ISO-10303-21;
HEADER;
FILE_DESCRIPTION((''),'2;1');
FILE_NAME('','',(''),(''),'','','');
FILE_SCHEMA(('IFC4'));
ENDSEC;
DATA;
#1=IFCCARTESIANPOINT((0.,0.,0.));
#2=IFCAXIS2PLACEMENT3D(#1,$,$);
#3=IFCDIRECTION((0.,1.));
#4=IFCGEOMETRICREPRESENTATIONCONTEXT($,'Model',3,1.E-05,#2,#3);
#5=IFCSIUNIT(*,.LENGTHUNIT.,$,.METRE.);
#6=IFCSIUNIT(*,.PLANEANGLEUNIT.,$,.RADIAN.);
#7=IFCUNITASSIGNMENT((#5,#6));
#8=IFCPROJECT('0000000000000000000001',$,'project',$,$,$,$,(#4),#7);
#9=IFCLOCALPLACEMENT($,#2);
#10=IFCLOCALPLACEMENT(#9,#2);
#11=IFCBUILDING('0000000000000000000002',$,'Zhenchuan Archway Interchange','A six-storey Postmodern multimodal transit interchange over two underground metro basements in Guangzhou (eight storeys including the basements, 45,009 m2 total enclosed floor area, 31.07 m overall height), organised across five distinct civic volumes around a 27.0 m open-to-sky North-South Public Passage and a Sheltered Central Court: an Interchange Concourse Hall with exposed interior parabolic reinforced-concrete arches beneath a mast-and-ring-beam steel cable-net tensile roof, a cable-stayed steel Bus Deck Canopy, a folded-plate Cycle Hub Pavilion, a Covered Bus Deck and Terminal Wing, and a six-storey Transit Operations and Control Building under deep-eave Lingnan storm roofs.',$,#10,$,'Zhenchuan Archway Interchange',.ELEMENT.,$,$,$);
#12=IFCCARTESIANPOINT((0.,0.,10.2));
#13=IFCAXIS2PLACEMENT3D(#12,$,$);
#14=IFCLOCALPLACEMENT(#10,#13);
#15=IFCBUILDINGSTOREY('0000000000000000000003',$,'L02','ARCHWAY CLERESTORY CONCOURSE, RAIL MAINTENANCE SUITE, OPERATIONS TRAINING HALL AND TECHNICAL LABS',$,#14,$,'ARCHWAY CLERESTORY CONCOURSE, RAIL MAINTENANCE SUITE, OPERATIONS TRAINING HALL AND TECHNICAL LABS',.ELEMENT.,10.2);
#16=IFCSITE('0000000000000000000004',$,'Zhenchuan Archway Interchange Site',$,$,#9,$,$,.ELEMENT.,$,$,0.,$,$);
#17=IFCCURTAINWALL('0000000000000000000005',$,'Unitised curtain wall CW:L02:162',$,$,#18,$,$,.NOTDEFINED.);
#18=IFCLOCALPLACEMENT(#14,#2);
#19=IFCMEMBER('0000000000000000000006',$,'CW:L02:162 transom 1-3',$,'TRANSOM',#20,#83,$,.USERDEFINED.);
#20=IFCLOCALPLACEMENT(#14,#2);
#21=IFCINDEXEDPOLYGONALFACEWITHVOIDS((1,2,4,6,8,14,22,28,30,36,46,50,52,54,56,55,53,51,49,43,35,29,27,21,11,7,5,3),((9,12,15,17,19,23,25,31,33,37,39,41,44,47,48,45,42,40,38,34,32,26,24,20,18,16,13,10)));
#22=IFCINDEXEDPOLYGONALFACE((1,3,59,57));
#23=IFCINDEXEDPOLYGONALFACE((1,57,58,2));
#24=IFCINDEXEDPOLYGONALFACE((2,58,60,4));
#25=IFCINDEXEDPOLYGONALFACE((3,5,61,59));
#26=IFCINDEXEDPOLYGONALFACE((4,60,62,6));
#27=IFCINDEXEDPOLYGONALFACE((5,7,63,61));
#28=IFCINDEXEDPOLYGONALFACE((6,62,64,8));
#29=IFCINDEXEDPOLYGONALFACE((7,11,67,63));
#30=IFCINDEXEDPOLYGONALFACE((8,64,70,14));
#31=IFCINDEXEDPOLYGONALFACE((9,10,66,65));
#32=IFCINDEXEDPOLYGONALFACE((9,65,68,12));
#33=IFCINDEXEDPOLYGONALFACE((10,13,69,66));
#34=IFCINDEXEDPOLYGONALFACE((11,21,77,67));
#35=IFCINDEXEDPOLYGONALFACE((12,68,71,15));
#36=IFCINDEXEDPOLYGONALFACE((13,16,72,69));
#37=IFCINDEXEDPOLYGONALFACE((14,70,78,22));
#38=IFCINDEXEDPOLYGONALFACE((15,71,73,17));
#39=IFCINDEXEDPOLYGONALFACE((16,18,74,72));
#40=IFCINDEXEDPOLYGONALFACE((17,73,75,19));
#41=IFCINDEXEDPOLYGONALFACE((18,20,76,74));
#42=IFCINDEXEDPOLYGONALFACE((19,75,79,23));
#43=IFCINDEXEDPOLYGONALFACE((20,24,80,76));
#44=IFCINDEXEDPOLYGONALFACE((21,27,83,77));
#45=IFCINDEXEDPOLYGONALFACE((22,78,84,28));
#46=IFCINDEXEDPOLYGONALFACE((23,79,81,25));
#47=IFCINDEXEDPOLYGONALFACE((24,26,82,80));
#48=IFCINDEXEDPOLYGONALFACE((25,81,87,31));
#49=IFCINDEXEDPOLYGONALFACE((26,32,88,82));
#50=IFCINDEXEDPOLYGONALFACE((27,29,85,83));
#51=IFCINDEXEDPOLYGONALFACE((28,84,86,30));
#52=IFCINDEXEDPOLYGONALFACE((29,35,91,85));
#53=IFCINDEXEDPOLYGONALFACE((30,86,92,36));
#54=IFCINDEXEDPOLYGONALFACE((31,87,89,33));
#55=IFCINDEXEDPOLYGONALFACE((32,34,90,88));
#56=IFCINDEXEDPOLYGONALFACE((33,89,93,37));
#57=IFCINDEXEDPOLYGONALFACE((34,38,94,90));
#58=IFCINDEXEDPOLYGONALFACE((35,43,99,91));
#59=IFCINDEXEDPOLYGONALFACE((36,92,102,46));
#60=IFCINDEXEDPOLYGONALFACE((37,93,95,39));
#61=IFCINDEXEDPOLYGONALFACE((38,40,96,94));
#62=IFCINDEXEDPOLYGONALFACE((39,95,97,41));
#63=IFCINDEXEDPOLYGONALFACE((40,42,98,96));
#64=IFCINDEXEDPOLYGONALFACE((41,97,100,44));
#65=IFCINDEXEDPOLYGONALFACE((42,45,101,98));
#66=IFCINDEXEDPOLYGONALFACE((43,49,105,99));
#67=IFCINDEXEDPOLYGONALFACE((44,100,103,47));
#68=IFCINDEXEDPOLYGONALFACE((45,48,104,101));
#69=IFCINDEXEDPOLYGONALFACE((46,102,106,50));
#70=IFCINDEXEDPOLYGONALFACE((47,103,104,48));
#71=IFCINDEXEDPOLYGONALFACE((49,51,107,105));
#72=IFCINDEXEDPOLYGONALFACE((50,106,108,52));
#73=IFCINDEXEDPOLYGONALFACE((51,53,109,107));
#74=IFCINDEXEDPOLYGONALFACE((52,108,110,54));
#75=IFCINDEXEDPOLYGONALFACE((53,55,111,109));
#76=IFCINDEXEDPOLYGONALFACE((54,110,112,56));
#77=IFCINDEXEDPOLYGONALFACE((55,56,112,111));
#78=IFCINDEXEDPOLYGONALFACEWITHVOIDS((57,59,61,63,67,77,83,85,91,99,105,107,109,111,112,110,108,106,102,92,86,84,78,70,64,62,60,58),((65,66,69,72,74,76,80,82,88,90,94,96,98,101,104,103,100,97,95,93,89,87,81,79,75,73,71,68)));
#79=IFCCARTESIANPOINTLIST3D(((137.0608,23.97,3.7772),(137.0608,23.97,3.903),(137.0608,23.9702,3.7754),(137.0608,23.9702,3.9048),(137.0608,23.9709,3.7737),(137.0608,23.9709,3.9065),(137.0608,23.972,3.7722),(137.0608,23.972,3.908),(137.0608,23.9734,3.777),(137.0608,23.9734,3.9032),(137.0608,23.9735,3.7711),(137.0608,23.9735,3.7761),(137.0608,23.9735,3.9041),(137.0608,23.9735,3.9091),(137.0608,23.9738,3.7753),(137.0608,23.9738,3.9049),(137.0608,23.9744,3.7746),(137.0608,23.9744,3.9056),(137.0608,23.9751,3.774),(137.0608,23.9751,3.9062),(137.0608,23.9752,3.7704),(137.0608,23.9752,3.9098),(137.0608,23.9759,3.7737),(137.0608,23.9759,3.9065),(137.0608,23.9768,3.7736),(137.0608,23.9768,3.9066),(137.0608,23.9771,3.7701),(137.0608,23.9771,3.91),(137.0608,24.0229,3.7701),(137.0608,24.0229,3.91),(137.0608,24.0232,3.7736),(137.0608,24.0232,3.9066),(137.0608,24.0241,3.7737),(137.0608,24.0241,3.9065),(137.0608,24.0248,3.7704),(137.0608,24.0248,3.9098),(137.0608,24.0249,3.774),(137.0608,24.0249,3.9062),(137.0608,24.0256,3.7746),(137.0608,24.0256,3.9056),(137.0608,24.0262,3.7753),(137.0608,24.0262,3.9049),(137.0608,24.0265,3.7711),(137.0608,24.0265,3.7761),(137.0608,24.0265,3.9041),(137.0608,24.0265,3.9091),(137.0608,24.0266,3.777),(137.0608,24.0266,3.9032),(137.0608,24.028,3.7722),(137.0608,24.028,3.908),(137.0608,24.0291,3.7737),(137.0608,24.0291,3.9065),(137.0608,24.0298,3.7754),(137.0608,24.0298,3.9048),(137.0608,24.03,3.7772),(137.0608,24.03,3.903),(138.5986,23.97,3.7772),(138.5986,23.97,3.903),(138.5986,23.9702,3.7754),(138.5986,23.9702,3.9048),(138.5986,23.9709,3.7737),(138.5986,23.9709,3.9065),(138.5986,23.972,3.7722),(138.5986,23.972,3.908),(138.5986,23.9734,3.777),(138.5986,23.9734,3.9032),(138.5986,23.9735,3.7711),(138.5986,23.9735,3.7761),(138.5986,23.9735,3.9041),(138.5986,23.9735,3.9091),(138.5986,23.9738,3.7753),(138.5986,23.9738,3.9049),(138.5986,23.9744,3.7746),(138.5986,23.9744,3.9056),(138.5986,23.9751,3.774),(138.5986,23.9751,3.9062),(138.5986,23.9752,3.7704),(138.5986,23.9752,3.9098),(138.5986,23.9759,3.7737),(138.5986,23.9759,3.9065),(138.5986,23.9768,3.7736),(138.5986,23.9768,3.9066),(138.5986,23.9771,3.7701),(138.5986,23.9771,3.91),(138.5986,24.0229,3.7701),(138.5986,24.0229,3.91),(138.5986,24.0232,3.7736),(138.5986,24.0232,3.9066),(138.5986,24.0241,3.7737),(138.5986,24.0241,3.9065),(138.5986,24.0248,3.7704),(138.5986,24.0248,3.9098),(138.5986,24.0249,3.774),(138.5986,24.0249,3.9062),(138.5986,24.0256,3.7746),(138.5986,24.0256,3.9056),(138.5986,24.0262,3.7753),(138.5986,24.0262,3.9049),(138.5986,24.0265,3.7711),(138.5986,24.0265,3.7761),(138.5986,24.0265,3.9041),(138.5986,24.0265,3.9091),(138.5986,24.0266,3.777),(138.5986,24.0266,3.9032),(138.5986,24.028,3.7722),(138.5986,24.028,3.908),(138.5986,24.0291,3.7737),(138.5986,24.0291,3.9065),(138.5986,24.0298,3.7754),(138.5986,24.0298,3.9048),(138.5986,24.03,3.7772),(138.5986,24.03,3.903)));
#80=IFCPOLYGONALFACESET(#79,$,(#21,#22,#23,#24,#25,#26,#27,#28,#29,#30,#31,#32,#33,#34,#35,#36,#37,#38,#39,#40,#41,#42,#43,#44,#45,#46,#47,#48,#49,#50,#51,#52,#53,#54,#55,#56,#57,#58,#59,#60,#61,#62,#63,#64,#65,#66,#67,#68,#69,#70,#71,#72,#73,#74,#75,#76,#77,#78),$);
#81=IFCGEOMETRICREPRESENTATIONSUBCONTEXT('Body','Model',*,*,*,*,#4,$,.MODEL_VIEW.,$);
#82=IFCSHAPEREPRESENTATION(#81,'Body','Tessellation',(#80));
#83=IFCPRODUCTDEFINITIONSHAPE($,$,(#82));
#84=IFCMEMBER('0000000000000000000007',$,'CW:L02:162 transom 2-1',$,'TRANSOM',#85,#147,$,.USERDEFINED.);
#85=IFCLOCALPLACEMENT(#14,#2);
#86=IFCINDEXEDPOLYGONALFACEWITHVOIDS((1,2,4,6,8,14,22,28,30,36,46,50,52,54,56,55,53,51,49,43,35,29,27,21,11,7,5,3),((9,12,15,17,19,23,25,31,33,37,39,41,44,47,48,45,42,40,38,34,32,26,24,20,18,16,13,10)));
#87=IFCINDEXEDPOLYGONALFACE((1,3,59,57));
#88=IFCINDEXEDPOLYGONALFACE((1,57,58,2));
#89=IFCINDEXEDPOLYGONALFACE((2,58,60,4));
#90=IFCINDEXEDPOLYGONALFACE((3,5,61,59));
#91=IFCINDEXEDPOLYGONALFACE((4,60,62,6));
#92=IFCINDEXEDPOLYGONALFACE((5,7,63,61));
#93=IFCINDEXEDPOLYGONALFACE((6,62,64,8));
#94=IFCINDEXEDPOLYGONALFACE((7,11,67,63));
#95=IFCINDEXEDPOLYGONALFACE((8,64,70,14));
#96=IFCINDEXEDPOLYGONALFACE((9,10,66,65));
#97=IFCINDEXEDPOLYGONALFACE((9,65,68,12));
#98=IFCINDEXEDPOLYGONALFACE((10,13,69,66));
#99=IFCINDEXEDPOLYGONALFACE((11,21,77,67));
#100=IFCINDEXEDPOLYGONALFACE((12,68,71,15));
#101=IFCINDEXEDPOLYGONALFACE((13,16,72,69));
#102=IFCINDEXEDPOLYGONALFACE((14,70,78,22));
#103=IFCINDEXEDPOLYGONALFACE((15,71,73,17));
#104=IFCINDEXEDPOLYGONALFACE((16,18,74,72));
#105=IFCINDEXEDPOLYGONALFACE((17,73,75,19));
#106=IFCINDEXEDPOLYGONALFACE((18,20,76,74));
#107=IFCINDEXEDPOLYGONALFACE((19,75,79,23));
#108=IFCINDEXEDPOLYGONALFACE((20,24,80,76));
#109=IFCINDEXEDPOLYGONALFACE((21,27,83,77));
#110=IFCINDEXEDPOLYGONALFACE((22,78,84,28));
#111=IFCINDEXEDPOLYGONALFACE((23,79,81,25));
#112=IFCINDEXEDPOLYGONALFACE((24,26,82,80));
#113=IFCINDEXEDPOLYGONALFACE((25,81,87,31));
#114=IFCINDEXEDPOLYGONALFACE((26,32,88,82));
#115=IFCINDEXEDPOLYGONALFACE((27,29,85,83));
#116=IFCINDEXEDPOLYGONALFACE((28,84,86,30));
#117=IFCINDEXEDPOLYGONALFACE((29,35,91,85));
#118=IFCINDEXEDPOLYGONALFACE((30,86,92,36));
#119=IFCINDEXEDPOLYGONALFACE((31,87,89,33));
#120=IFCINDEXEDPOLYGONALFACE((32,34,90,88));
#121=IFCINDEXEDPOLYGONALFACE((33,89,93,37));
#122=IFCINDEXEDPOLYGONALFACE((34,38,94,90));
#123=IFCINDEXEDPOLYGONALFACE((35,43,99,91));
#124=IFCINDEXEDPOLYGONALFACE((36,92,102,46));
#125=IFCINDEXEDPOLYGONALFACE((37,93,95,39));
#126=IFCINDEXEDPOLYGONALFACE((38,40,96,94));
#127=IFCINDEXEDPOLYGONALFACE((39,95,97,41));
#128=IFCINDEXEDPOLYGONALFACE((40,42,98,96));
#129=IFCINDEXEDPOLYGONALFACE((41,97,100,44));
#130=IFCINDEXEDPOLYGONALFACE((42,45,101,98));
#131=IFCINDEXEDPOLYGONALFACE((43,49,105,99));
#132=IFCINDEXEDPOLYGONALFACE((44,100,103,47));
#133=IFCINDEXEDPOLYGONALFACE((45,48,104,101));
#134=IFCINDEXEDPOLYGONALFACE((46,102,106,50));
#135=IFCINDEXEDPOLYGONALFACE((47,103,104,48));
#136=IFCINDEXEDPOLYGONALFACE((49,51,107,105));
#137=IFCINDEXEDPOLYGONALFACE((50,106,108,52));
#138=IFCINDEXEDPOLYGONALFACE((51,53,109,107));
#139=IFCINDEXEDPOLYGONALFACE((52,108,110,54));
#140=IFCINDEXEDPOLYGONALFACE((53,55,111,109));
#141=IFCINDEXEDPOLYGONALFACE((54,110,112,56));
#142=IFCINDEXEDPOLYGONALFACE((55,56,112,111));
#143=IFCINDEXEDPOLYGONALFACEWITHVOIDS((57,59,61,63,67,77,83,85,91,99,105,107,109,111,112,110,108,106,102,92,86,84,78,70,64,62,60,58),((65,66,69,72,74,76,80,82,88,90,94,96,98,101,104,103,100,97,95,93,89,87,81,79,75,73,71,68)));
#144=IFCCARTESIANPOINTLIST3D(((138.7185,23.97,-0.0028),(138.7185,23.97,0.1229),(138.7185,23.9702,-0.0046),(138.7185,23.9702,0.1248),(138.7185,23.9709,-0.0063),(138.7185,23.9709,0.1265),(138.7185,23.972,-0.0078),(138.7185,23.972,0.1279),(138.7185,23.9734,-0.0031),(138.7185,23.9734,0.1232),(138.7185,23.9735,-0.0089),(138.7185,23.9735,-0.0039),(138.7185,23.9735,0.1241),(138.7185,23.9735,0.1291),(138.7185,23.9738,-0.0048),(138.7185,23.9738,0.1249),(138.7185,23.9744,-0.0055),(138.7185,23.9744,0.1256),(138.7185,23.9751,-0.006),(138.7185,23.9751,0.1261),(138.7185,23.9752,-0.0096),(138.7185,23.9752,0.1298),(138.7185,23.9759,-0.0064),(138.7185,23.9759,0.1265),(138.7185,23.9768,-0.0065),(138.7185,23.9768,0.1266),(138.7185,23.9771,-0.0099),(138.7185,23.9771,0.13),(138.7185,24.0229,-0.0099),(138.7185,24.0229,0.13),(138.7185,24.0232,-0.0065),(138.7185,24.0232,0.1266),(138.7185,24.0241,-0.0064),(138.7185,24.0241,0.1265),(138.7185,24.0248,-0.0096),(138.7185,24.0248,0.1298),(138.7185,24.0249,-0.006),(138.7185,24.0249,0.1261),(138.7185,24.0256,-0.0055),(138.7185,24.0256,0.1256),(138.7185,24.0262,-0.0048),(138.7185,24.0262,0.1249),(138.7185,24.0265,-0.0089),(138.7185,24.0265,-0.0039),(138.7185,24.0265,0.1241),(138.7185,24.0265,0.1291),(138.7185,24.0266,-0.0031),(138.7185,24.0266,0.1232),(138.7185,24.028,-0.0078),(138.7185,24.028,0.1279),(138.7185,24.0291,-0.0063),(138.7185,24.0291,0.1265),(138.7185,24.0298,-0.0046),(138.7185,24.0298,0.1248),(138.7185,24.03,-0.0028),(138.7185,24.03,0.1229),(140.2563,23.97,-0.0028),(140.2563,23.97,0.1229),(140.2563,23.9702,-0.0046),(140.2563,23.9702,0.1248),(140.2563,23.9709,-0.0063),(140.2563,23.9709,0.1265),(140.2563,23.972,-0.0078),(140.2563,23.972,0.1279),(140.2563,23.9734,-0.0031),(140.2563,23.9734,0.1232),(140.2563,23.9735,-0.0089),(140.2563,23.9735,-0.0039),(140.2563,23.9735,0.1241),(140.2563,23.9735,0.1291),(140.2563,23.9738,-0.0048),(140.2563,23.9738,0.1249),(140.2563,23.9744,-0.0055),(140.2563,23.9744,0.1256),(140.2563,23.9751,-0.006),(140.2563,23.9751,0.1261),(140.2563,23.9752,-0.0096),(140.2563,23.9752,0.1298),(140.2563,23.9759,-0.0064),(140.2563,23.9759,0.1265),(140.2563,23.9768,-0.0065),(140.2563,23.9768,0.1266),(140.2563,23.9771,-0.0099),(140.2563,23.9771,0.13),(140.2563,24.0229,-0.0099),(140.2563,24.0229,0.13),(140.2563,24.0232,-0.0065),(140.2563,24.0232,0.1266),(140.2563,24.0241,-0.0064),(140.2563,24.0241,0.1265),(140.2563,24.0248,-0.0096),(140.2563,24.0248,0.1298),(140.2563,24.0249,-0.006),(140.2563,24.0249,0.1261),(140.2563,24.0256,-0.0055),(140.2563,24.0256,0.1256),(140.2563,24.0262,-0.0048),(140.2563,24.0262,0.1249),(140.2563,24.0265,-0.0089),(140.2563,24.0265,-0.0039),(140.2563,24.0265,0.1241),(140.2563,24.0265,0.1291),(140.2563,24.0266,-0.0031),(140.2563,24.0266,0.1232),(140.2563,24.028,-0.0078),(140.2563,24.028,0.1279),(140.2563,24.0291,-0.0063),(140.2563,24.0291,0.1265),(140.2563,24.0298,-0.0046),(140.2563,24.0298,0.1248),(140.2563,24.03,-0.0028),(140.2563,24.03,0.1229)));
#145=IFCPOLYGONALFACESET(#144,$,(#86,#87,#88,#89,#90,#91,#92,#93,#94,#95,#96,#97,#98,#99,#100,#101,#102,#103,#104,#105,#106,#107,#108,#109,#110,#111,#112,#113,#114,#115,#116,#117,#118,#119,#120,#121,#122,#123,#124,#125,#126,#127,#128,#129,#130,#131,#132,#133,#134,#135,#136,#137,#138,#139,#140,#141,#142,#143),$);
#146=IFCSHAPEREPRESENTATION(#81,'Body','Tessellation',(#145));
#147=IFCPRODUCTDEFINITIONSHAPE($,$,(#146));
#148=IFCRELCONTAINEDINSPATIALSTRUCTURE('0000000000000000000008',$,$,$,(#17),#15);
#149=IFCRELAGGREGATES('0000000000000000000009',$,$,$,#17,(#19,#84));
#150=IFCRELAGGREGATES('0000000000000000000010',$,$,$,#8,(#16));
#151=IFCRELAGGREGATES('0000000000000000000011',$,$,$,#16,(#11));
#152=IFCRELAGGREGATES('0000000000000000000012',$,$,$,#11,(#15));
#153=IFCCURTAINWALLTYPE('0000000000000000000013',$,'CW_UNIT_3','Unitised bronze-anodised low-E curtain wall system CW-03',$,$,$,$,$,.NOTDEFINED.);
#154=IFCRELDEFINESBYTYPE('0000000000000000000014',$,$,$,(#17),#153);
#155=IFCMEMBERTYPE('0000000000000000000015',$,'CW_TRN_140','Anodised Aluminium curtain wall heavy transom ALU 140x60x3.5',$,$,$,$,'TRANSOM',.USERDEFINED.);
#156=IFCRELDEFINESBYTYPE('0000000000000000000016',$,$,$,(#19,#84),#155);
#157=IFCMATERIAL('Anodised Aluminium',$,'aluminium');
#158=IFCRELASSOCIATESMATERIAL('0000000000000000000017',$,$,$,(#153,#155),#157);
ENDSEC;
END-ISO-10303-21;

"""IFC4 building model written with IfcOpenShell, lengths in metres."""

from ifc_helpers import new_model, si_unit, direction, frame, origin, origin_2d, place, context, subcontext, project, spatial, hollow_rectangle, extrude, material, material_profile, profile_set, type_object, element, aggregate, save


model = new_model("IFC4")

# Units and contexts
model_context = context("Model", 3, precision=1e-05, world=origin(), true_north=direction((0.0, 1.0)))
body_context = subcontext(model_context, "Body", "Model", "MODEL_VIEW")
ifc_project = project(units=[si_unit("LENGTHUNIT", "METRE"), si_unit("PLANEANGLEUNIT", "RADIAN")], contexts=[model_context])

# Site, building, storey
site_placement = place(None, origin())
site = spatial("IfcSite", under=ifc_project, at=site_placement, Name="Zhenchuan Archway Interchange Site", CompositionType="ELEMENT", RefElevation=0.0)
building_placement = place(site_placement, origin())
building = spatial("IfcBuilding", under=site, at=building_placement, Name="Zhenchuan Archway Interchange", Description="A six-storey Postmodern multimodal transit interchange over two underground metro basements in Guangzhou (eight storeys including the basements, 45,009 m2 total enclosed floor area, 31.07 m overall height), organised across five distinct civic volumes around a 27.0 m open-to-sky North-South Public Passage and a Sheltered Central Court: an Interchange Concourse Hall with exposed interior parabolic reinforced-concrete arches beneath a mast-and-ring-beam steel cable-net tensile roof, a cable-stayed steel Bus Deck Canopy, a folded-plate Cycle Hub Pavilion, a Covered Bus Deck and Terminal Wing, and a six-storey Transit Operations and Control Building under deep-eave Lingnan storm roofs.", LongName="Zhenchuan Archway Interchange", CompositionType="ELEMENT")
storey_placement = place(building_placement, frame((0.0, 0.0, 10.2)))
storey = spatial("IfcBuildingStorey", under=building, at=storey_placement, Name="L02", Description="ARCHWAY CLERESTORY CONCOURSE, RAIL MAINTENANCE SUITE, OPERATIONS TRAINING HALL AND TECHNICAL LABS", LongName="ARCHWAY CLERESTORY CONCOURSE, RAIL MAINTENANCE SUITE, OPERATIONS TRAINING HALL AND TECHNICAL LABS", CompositionType="ELEMENT", Elevation=10.2)

# Curtain wall, members
ifc_material_1 = material(Name="Anodised Aluminium", Category="aluminium")
curtain_wall_type = type_object("IfcCurtainWallType", Name="CW_UNIT_3", Description="Unitised bronze-anodised low-E curtain wall system CW-03", PredefinedType="NOTDEFINED", material=ifc_material_1)
curtain_wall_placement = place(storey_placement, origin())
curtain_wall = element("IfcCurtainWall", 1, at=curtain_wall_placement, inside=storey, type_object=curtain_wall_type, Name="Unitised curtain wall CW:L02:162", PredefinedType="NOTDEFINED")
ifc_material_profile_1 = material_profile(ifc_material_1, hollow_rectangle(XDim=0.0601, YDim=0.1399, WallThickness=0.0034, InnerFilletRadius=0.0034, OuterFilletRadius=0.0071, at=origin_2d()), Name="ALU 140x60x3.5")
ifc_profile_set_1 = profile_set([ifc_material_profile_1], Name="Anodised Aluminium")
member_type_1 = type_object("IfcMemberType", Name="CW_TRN_140", Description="Anodised Aluminium curtain wall heavy transom ALU 140x60x3.5", ElementType="TRANSOM", PredefinedType="USERDEFINED", material=ifc_profile_set_1)
member_1_placement = place(storey_placement, frame((137.0608, 24.0, 3.8401), z_axis=(1.0, 0.0, 0.0), x_axis=(0.0, 1.0, 0.0)))
member_1 = element("IfcMember", 2, at=member_1_placement, type_object=member_type_1, Name="CW:L02:162 transom 1-3", ObjectType="TRANSOM", PredefinedType="USERDEFINED", context=body_context, shape_type="SweptSolid", body=[
    extrude(hollow_rectangle(XDim=0.0601, YDim=0.1399, WallThickness=0.0034, InnerFilletRadius=0.0034, OuterFilletRadius=0.0071, at=origin_2d()), origin(), (0.0, 0.0, 1.0), 1.5378),
])
member_2_placement = place(storey_placement, frame((138.7185, 24.0, 0.0601), z_axis=(1.0, 0.0, 0.0), x_axis=(0.0, 1.0, 0.0)))
member_2 = element("IfcMember", 3, at=member_2_placement, type_object=member_type_1, Name="CW:L02:162 transom 2-1", ObjectType="TRANSOM", PredefinedType="USERDEFINED", context=body_context, shape_type="SweptSolid", body=[
    extrude(hollow_rectangle(XDim=0.0601, YDim=0.1399, WallThickness=0.0034, InnerFilletRadius=0.0034, OuterFilletRadius=0.0071, at=origin_2d()), origin(), (0.0, 0.0, 1.0), 1.5378),
])
aggregate(curtain_wall, [member_1, member_2])

save(model, "model.ifc")
